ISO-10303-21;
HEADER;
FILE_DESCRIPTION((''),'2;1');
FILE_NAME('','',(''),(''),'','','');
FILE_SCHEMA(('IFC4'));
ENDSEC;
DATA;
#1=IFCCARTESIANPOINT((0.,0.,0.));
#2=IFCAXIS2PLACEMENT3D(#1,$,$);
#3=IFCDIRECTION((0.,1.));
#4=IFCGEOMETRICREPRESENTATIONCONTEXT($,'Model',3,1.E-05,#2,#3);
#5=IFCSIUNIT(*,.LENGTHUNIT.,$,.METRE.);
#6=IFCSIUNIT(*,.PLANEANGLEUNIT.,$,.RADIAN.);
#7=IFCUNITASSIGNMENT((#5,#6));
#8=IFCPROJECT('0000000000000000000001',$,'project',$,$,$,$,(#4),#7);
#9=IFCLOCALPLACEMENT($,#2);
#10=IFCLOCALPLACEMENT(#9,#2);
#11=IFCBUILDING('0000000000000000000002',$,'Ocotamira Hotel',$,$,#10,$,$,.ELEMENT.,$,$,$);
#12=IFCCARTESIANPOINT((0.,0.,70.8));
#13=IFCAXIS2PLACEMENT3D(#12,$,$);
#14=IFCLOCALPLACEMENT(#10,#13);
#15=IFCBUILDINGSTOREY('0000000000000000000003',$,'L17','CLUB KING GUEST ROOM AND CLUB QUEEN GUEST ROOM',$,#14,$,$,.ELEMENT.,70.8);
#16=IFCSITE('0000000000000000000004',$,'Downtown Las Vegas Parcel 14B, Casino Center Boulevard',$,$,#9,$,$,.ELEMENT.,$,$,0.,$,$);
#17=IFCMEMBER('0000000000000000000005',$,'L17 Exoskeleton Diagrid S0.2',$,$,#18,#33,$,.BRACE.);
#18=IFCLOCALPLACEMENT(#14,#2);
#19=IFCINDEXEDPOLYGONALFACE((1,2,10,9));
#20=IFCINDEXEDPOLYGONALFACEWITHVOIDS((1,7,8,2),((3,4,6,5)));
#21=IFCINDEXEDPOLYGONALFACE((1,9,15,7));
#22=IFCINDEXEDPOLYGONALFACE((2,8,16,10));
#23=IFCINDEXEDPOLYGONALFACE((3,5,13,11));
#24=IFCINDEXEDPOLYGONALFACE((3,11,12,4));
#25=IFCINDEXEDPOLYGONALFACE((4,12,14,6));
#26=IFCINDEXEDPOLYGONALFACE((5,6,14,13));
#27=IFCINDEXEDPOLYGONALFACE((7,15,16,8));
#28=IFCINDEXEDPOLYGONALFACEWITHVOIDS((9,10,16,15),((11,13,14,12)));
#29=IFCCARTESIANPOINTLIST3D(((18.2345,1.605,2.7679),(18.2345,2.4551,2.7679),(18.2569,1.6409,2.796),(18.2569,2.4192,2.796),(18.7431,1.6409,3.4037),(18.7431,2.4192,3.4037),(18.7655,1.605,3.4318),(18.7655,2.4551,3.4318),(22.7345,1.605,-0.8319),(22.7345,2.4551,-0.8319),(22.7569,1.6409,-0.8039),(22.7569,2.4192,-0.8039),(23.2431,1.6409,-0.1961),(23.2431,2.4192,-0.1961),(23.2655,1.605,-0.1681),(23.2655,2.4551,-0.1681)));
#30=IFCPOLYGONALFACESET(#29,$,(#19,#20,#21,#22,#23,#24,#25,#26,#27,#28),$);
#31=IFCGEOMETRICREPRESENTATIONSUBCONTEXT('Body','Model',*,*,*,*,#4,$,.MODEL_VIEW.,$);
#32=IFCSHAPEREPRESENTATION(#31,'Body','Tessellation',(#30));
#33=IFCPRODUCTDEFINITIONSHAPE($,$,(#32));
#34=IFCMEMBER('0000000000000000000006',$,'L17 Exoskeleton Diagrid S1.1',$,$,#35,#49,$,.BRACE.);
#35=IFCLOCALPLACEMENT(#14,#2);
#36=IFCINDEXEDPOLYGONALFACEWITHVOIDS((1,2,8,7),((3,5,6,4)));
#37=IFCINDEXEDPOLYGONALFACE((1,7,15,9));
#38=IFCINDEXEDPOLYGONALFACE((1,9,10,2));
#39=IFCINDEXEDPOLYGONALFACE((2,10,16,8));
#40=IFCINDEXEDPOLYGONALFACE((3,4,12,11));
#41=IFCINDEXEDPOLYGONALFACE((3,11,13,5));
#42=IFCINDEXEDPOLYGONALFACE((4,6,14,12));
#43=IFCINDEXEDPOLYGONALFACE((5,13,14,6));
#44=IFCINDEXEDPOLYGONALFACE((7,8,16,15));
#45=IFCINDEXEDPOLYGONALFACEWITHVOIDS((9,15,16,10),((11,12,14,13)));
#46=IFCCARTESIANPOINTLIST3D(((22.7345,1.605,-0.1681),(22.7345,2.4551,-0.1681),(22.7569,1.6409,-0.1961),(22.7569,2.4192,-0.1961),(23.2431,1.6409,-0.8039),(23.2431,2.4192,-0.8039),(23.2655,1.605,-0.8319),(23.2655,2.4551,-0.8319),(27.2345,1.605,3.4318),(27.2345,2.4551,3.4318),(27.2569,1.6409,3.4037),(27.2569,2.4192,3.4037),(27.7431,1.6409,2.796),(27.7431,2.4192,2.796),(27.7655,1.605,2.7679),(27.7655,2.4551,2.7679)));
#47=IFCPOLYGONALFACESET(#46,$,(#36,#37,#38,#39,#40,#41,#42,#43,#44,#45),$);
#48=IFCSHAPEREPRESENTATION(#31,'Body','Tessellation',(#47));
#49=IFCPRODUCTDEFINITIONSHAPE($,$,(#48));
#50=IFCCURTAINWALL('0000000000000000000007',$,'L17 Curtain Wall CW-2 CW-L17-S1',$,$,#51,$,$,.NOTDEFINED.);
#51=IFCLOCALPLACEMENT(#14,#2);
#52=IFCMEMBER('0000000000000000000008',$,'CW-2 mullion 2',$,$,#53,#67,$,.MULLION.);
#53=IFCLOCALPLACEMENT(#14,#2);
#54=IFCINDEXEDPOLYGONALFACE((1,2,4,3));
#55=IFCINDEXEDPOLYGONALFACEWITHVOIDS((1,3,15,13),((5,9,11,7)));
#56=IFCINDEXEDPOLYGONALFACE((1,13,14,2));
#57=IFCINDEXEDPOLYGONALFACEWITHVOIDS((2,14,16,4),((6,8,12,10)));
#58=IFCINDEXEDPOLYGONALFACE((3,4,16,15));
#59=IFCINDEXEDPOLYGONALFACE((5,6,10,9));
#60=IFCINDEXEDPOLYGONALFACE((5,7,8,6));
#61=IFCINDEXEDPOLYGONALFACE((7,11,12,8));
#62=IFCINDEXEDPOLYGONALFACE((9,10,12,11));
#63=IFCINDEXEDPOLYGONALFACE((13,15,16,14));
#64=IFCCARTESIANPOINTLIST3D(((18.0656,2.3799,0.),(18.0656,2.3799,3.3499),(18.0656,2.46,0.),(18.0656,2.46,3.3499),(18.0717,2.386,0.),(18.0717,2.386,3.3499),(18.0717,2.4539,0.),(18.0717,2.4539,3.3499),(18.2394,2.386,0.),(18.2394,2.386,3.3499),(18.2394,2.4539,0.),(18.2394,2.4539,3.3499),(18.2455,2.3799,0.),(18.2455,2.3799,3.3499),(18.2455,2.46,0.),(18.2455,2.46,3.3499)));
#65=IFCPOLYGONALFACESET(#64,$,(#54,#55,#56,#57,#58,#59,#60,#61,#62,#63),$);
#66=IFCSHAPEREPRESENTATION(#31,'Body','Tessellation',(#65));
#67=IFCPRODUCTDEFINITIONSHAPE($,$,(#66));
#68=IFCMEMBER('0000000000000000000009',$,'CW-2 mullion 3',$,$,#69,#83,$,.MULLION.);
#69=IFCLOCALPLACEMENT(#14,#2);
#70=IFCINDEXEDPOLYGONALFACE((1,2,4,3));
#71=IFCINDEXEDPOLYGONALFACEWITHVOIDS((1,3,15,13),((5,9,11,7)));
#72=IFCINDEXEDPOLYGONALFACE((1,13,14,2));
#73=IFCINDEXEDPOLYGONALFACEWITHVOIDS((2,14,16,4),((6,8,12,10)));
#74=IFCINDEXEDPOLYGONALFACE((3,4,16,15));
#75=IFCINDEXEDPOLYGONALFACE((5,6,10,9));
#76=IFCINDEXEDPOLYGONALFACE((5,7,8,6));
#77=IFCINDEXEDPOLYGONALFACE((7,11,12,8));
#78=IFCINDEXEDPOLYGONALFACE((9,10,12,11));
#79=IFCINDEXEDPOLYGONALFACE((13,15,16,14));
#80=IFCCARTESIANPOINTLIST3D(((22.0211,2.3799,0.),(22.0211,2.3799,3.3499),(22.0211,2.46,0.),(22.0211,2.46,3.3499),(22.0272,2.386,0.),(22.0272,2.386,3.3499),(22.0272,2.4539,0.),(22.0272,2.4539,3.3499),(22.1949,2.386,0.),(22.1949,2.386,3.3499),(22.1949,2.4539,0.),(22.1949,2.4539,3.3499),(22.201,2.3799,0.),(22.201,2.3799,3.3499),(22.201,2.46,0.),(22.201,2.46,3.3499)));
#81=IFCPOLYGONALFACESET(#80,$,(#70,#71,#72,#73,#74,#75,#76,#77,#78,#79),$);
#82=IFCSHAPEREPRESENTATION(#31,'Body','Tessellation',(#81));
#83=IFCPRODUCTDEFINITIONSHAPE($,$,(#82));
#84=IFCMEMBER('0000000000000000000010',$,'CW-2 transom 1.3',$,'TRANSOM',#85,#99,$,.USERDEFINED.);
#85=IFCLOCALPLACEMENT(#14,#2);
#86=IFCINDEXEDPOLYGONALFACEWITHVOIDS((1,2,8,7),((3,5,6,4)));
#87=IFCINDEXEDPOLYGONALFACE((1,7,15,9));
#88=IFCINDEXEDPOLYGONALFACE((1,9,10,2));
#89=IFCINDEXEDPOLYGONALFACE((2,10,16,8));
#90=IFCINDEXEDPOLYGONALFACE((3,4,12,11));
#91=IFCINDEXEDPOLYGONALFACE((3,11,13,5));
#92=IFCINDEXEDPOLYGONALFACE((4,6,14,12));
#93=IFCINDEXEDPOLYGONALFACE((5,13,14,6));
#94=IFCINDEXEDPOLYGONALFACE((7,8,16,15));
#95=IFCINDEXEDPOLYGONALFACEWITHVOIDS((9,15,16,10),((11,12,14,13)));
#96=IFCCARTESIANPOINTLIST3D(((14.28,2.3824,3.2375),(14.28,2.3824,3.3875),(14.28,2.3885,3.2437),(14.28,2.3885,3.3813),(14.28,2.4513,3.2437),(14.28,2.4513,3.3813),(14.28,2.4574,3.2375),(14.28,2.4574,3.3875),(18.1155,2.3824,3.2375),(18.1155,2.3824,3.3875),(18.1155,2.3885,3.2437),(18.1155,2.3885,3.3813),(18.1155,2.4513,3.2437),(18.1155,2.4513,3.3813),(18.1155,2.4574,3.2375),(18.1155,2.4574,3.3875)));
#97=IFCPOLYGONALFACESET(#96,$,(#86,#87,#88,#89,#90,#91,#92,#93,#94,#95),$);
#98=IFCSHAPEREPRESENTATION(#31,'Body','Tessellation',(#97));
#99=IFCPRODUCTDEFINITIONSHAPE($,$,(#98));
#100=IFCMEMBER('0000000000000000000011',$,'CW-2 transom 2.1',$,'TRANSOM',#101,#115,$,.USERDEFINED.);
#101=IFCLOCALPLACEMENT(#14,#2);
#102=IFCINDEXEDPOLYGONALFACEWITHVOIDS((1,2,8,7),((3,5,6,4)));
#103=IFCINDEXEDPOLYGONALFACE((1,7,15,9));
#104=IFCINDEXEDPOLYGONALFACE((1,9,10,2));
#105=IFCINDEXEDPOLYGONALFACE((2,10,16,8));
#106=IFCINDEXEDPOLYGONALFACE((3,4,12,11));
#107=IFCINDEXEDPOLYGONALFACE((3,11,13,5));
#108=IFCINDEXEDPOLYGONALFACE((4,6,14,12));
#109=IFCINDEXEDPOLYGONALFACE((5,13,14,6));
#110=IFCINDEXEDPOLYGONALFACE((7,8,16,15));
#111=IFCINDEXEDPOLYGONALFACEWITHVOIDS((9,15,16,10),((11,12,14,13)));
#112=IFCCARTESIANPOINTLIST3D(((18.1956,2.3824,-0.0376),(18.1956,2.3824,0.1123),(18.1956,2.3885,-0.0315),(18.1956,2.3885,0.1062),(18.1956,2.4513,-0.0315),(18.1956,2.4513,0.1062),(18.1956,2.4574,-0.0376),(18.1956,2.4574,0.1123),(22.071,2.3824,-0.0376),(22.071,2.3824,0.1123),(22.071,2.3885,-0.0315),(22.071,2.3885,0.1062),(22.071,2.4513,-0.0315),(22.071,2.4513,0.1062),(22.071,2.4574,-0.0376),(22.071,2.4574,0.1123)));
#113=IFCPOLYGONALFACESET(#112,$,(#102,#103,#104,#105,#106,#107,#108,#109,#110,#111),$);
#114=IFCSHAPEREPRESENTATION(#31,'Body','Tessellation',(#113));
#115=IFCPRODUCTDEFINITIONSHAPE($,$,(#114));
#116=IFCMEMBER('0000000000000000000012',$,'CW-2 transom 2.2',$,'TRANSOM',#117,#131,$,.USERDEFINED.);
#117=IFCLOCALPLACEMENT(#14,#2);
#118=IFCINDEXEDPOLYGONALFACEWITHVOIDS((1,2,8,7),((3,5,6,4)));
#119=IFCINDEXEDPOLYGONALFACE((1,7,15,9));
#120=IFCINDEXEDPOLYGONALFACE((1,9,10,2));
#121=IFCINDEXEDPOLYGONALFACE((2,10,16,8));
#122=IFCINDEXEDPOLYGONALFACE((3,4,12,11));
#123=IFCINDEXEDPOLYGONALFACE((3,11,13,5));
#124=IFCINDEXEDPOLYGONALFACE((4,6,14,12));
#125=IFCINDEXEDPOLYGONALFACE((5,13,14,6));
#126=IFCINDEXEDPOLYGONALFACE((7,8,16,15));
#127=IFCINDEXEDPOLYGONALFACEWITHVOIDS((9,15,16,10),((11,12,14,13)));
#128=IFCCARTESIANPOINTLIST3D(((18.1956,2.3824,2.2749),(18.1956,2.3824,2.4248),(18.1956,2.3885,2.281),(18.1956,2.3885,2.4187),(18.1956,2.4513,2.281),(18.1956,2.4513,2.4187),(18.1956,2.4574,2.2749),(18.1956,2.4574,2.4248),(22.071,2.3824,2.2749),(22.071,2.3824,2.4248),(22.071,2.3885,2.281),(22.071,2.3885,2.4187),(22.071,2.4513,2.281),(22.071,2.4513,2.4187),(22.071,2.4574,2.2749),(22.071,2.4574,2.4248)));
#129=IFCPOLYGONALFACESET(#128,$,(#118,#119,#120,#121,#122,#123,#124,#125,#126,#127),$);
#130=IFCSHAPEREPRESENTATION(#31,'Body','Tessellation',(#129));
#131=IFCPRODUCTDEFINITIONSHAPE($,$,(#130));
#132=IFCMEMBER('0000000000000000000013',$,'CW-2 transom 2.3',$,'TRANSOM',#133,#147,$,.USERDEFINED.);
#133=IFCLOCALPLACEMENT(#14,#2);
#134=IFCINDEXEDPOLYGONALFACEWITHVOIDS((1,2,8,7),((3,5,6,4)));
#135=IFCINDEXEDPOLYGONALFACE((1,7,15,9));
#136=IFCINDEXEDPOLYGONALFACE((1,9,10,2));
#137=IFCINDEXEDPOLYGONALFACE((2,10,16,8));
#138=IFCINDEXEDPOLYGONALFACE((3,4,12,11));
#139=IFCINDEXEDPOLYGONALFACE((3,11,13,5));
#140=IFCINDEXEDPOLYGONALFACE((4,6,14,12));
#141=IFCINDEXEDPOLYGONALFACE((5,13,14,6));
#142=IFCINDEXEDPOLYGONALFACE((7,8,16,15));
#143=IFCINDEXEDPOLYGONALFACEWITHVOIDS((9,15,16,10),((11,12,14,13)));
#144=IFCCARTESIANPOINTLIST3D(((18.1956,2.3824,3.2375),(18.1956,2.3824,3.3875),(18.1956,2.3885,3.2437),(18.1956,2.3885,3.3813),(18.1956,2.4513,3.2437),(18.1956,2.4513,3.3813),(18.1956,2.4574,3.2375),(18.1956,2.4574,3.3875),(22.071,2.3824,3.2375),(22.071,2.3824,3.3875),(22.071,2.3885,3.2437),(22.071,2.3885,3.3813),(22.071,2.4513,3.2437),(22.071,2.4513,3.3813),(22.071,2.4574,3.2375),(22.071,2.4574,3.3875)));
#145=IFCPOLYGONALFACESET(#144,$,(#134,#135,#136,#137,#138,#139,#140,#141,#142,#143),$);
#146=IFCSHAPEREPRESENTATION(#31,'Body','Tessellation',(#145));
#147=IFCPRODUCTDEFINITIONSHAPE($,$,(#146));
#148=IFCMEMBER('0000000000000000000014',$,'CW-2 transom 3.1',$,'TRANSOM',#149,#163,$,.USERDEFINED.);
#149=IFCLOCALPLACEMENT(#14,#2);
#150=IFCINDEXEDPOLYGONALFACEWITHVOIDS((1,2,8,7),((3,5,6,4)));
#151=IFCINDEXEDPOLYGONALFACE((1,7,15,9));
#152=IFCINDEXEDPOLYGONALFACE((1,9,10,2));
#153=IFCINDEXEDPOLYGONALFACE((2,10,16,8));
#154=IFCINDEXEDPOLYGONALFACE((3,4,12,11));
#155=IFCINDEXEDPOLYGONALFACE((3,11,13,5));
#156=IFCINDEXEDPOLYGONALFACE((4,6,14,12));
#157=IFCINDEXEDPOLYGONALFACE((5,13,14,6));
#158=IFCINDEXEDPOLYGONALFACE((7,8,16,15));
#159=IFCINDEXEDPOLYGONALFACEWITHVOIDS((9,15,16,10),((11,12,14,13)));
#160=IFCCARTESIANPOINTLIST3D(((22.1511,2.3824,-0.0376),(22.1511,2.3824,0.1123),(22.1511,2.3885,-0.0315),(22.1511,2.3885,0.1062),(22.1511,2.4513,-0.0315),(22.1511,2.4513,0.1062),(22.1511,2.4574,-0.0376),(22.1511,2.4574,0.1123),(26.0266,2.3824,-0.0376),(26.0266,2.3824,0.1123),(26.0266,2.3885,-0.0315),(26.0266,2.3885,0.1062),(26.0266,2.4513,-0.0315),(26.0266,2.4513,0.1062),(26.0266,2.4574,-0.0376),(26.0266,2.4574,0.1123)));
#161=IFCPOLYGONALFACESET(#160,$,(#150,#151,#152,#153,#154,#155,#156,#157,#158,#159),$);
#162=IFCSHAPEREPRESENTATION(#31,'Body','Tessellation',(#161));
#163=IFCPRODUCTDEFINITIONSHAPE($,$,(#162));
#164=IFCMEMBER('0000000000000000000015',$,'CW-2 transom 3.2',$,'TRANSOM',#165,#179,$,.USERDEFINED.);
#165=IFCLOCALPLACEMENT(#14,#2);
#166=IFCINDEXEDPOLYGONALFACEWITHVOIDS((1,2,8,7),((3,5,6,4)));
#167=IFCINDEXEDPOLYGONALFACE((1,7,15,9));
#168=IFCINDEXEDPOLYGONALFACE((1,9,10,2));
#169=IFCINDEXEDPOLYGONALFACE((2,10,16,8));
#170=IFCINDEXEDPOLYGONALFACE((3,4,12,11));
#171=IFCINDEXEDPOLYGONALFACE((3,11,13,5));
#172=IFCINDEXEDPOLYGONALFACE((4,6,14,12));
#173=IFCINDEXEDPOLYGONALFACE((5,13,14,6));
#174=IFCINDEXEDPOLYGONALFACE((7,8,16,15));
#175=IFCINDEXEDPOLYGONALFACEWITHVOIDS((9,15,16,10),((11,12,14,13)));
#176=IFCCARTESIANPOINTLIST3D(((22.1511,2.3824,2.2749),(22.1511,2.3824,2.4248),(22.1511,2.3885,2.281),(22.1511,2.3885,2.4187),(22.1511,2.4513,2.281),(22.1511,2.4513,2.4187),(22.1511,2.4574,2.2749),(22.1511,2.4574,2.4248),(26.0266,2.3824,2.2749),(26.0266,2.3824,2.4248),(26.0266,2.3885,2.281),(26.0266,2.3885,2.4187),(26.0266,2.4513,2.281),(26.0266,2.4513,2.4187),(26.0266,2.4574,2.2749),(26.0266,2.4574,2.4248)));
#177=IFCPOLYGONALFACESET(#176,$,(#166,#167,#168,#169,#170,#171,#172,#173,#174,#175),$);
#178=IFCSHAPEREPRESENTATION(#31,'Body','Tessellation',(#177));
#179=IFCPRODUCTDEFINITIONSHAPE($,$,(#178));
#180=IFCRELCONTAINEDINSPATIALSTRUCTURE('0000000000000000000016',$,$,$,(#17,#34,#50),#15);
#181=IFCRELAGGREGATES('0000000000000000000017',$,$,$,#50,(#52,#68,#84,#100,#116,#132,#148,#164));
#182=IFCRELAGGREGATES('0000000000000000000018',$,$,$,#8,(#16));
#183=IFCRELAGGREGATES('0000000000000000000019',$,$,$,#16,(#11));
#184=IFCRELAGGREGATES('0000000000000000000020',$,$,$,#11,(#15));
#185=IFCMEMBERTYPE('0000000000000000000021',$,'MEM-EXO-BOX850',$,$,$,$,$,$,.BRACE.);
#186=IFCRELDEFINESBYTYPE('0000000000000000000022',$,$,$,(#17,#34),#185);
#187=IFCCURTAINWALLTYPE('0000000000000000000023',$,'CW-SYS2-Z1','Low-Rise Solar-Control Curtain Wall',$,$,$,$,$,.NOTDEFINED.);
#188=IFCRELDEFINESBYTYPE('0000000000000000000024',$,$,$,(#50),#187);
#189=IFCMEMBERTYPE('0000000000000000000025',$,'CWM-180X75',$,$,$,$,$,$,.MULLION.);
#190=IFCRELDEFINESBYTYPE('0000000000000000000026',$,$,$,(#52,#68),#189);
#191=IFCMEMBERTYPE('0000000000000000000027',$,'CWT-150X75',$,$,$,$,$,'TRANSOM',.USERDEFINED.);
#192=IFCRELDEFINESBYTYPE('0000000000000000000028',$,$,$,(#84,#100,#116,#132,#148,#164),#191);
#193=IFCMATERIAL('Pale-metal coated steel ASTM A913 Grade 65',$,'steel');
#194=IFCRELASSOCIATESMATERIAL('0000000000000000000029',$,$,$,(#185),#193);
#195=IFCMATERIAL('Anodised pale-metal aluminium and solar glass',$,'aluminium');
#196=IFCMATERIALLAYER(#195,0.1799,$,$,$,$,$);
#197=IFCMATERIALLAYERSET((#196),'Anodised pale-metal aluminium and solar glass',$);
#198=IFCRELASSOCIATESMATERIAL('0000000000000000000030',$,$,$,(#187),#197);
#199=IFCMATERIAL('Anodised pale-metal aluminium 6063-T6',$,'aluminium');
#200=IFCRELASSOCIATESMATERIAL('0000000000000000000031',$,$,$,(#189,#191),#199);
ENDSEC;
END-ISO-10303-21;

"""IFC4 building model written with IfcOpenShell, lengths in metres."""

from ifc_helpers import new_model, si_unit, direction, frame, origin, origin_2d, place, context, subcontext, project, spatial, hollow_rectangle, extrude, source, transform, mapped, material, layer, layer_set, material_profile, profile_set, type_object, element, aggregate, save


model = new_model("IFC4")

# Units and contexts
model_context = context("Model", 3, precision=1e-05, world=origin(), true_north=direction((0.0, 1.0)))
body_context = subcontext(model_context, "Body", "Model", "MODEL_VIEW")
ifc_project = project(units=[si_unit("LENGTHUNIT", "METRE"), si_unit("PLANEANGLEUNIT", "RADIAN")], contexts=[model_context])

# Site, building, storey
site_placement = place(None, origin())
site = spatial("IfcSite", under=ifc_project, at=site_placement, Name="Downtown Las Vegas Parcel 14B, Casino Center Boulevard", CompositionType="ELEMENT", RefElevation=0.0)
building_placement = place(site_placement, origin())
building = spatial("IfcBuilding", under=site, at=building_placement, Name="Ocotamira Hotel", CompositionType="ELEMENT")
storey_placement = place(building_placement, frame((0.0, 0.0, 70.8)))
storey = spatial("IfcBuildingStorey", under=building, at=storey_placement, Name="L17", Description="CLUB KING GUEST ROOM AND CLUB QUEEN GUEST ROOM", CompositionType="ELEMENT", Elevation=70.8)

# Members
ifc_material_1 = material(Name="Pale-metal coated steel ASTM A913 Grade 65", Category="steel")
ifc_material_profile_1 = material_profile(ifc_material_1, hollow_rectangle(XDim=0.8501, YDim=0.8501, WallThickness=0.0359, at=origin_2d()), Name="BOX850X850X36")
ifc_profile_set_1 = profile_set([ifc_material_profile_1], Name="Pale-metal coated steel ASTM A913 Grade 65")
member_type_1 = type_object("IfcMemberType", Name="MEM-EXO-BOX850", PredefinedType="BRACE", material=ifc_profile_set_1)
shared_shape_1 = source(origin(), body_context, "Body", "SweptSolid", [
    extrude(hollow_rectangle(XDim=0.8501, YDim=0.8501, WallThickness=0.0359, at=origin_2d()), origin(), (0.0, 0.0, 1.0), 5.7627),
])
for number, where, z_axis, x_axis, name in (
    (1, (23.0, 2.03, -0.5), (-0.780881, 0.0, 0.62468), (0.0, -1.0, 0.0), "L17 Exoskeleton Diagrid S0.2"),
    (2, (23.0, 2.03, -0.5), (0.780881, 0.0, 0.62468), (0.0, 1.0, 0.0), "L17 Exoskeleton Diagrid S1.1"),
):
    element("IfcMember", number, at=place(storey_placement, frame(where, z_axis=z_axis, x_axis=x_axis)), inside=storey, type_object=member_type_1, Name=name, PredefinedType="BRACE", context=body_context, shape_type="MappedRepresentation", body=[
        mapped(shared_shape_1, transform((0.0, 0.0, 0.0), scale=1.0)),
    ])

# Curtain wall, members
ifc_material_2 = material(Name="Anodised pale-metal aluminium and solar glass", Category="aluminium")
ifc_layer_1 = layer(ifc_material_2, 0.1799)
ifc_layer_set_1 = layer_set([ifc_layer_1], Name="Anodised pale-metal aluminium and solar glass")
curtain_wall_type = type_object("IfcCurtainWallType", Name="CW-SYS2-Z1", Description="Low-Rise Solar-Control Curtain Wall", PredefinedType="NOTDEFINED", material=ifc_layer_set_1)
curtain_wall_placement = place(storey_placement, origin())
curtain_wall = element("IfcCurtainWall", 3, at=curtain_wall_placement, inside=storey, type_object=curtain_wall_type, Name="L17 Curtain Wall CW-2 CW-L17-S1", PredefinedType="NOTDEFINED")
ifc_material_3 = material(Name="Anodised pale-metal aluminium 6063-T6", Category="aluminium")
ifc_material_profile_2 = material_profile(ifc_material_3, hollow_rectangle(XDim=0.0801, YDim=0.1799, WallThickness=0.0061, at=origin_2d()), Name="HSS180X80X6")
ifc_profile_set_2 = profile_set([ifc_material_profile_2], Name="Anodised pale-metal aluminium 6063-T6")
member_type_2 = type_object("IfcMemberType", Name="CWM-180X75", PredefinedType="MULLION", material=ifc_profile_set_2)
shared_shape_2 = source(origin(), body_context, "Body", "SweptSolid", [
    extrude(hollow_rectangle(XDim=0.0801, YDim=0.1799, WallThickness=0.0061, at=origin_2d()), origin(), (0.0, 0.0, 1.0), 3.3499),
])
member_1_placement = place(storey_placement, frame((18.1555, 2.4199, 0.0), z_axis=(0.0, 0.0, 1.0), x_axis=(0.0, 1.0, 0.0)))
member_1 = element("IfcMember", 4, at=member_1_placement, type_object=member_type_2, Name="CW-2 mullion 2", PredefinedType="MULLION", context=body_context, shape_type="MappedRepresentation", body=[
    mapped(shared_shape_2, transform((0.0, 0.0, 0.0), scale=1.0)),
])
member_2_placement = place(storey_placement, frame((22.1111, 2.4199, 0.0), z_axis=(0.0, 0.0, 1.0), x_axis=(0.0, 1.0, 0.0)))
member_2 = element("IfcMember", 5, at=member_2_placement, type_object=member_type_2, Name="CW-2 mullion 3", PredefinedType="MULLION", context=body_context, shape_type="MappedRepresentation", body=[
    mapped(shared_shape_2, transform((0.0, 0.0, 0.0), scale=1.0)),
])
ifc_material_profile_3 = material_profile(ifc_material_3, hollow_rectangle(XDim=0.075, YDim=0.1499, WallThickness=0.0061, at=origin_2d()), Name="HSS150X75X6")
ifc_profile_set_3 = profile_set([ifc_material_profile_3], Name="Anodised pale-metal aluminium 6063-T6")
member_type_3 = type_object("IfcMemberType", Name="CWT-150X75", ElementType="TRANSOM", PredefinedType="USERDEFINED", material=ifc_profile_set_3)
shared_shape_3 = source(origin(), body_context, "Body", "SweptSolid", [
    extrude(hollow_rectangle(XDim=0.075, YDim=0.1499, WallThickness=0.0061, at=origin_2d()), origin(), (0.0, 0.0, 1.0), 3.8354),
])
member_3_placement = place(storey_placement, frame((14.28, 2.4199, 3.3125), z_axis=(1.0, 0.0, 0.0), x_axis=(0.0, 1.0, 0.0)))
member_3 = element("IfcMember", 6, at=member_3_placement, type_object=member_type_3, Name="CW-2 transom 1.3", ObjectType="TRANSOM", PredefinedType="USERDEFINED", context=body_context, shape_type="MappedRepresentation", body=[
    mapped(shared_shape_3, transform((0.0, 0.0, 0.0), scale=1.0)),
])
shared_shape_4 = source(origin(), body_context, "Body", "SweptSolid", [
    extrude(hollow_rectangle(XDim=0.075, YDim=0.1499, WallThickness=0.0061, at=origin_2d()), origin(), (0.0, 0.0, 1.0), 3.8755),
])
member_4_placement = place(storey_placement, frame((18.1956, 2.4199, 0.0374), z_axis=(1.0, 0.0, 0.0), x_axis=(0.0, 1.0, 0.0)))
member_4 = element("IfcMember", 7, at=member_4_placement, type_object=member_type_3, Name="CW-2 transom 2.1", ObjectType="TRANSOM", PredefinedType="USERDEFINED", context=body_context, shape_type="MappedRepresentation", body=[
    mapped(shared_shape_4, transform((0.0, 0.0, 0.0), scale=1.0)),
])
member_5_placement = place(storey_placement, frame((18.1956, 2.4199, 2.3499), z_axis=(1.0, 0.0, 0.0), x_axis=(0.0, 1.0, 0.0)))
member_5 = element("IfcMember", 8, at=member_5_placement, type_object=member_type_3, Name="CW-2 transom 2.2", ObjectType="TRANSOM", PredefinedType="USERDEFINED", context=body_context, shape_type="MappedRepresentation", body=[
    mapped(shared_shape_4, transform((0.0, 0.0, 0.0), scale=1.0)),
])
member_6_placement = place(storey_placement, frame((18.1956, 2.4199, 3.3125), z_axis=(1.0, 0.0, 0.0), x_axis=(0.0, 1.0, 0.0)))
member_6 = element("IfcMember", 9, at=member_6_placement, type_object=member_type_3, Name="CW-2 transom 2.3", ObjectType="TRANSOM", PredefinedType="USERDEFINED", context=body_context, shape_type="MappedRepresentation", body=[
    mapped(shared_shape_4, transform((0.0, 0.0, 0.0), scale=1.0)),
])
member_7_placement = place(storey_placement, frame((22.1511, 2.4199, 0.0374), z_axis=(1.0, 0.0, 0.0), x_axis=(0.0, 1.0, 0.0)))
member_7 = element("IfcMember", 10, at=member_7_placement, type_object=member_type_3, Name="CW-2 transom 3.1", ObjectType="TRANSOM", PredefinedType="USERDEFINED", context=body_context, shape_type="MappedRepresentation", body=[
    mapped(shared_shape_4, transform((0.0, 0.0, 0.0), scale=1.0)),
])
member_8_placement = place(storey_placement, frame((22.1511, 2.4199, 2.3499), z_axis=(1.0, 0.0, 0.0), x_axis=(0.0, 1.0, 0.0)))
member_8 = element("IfcMember", 11, at=member_8_placement, type_object=member_type_3, Name="CW-2 transom 3.2", ObjectType="TRANSOM", PredefinedType="USERDEFINED", context=body_context, shape_type="MappedRepresentation", body=[
    mapped(shared_shape_4, transform((0.0, 0.0, 0.0), scale=1.0)),
])

aggregate(curtain_wall, [member_1, member_2, member_3, member_4, member_5, member_6, member_7, member_8])

save(model, "model.ifc")
